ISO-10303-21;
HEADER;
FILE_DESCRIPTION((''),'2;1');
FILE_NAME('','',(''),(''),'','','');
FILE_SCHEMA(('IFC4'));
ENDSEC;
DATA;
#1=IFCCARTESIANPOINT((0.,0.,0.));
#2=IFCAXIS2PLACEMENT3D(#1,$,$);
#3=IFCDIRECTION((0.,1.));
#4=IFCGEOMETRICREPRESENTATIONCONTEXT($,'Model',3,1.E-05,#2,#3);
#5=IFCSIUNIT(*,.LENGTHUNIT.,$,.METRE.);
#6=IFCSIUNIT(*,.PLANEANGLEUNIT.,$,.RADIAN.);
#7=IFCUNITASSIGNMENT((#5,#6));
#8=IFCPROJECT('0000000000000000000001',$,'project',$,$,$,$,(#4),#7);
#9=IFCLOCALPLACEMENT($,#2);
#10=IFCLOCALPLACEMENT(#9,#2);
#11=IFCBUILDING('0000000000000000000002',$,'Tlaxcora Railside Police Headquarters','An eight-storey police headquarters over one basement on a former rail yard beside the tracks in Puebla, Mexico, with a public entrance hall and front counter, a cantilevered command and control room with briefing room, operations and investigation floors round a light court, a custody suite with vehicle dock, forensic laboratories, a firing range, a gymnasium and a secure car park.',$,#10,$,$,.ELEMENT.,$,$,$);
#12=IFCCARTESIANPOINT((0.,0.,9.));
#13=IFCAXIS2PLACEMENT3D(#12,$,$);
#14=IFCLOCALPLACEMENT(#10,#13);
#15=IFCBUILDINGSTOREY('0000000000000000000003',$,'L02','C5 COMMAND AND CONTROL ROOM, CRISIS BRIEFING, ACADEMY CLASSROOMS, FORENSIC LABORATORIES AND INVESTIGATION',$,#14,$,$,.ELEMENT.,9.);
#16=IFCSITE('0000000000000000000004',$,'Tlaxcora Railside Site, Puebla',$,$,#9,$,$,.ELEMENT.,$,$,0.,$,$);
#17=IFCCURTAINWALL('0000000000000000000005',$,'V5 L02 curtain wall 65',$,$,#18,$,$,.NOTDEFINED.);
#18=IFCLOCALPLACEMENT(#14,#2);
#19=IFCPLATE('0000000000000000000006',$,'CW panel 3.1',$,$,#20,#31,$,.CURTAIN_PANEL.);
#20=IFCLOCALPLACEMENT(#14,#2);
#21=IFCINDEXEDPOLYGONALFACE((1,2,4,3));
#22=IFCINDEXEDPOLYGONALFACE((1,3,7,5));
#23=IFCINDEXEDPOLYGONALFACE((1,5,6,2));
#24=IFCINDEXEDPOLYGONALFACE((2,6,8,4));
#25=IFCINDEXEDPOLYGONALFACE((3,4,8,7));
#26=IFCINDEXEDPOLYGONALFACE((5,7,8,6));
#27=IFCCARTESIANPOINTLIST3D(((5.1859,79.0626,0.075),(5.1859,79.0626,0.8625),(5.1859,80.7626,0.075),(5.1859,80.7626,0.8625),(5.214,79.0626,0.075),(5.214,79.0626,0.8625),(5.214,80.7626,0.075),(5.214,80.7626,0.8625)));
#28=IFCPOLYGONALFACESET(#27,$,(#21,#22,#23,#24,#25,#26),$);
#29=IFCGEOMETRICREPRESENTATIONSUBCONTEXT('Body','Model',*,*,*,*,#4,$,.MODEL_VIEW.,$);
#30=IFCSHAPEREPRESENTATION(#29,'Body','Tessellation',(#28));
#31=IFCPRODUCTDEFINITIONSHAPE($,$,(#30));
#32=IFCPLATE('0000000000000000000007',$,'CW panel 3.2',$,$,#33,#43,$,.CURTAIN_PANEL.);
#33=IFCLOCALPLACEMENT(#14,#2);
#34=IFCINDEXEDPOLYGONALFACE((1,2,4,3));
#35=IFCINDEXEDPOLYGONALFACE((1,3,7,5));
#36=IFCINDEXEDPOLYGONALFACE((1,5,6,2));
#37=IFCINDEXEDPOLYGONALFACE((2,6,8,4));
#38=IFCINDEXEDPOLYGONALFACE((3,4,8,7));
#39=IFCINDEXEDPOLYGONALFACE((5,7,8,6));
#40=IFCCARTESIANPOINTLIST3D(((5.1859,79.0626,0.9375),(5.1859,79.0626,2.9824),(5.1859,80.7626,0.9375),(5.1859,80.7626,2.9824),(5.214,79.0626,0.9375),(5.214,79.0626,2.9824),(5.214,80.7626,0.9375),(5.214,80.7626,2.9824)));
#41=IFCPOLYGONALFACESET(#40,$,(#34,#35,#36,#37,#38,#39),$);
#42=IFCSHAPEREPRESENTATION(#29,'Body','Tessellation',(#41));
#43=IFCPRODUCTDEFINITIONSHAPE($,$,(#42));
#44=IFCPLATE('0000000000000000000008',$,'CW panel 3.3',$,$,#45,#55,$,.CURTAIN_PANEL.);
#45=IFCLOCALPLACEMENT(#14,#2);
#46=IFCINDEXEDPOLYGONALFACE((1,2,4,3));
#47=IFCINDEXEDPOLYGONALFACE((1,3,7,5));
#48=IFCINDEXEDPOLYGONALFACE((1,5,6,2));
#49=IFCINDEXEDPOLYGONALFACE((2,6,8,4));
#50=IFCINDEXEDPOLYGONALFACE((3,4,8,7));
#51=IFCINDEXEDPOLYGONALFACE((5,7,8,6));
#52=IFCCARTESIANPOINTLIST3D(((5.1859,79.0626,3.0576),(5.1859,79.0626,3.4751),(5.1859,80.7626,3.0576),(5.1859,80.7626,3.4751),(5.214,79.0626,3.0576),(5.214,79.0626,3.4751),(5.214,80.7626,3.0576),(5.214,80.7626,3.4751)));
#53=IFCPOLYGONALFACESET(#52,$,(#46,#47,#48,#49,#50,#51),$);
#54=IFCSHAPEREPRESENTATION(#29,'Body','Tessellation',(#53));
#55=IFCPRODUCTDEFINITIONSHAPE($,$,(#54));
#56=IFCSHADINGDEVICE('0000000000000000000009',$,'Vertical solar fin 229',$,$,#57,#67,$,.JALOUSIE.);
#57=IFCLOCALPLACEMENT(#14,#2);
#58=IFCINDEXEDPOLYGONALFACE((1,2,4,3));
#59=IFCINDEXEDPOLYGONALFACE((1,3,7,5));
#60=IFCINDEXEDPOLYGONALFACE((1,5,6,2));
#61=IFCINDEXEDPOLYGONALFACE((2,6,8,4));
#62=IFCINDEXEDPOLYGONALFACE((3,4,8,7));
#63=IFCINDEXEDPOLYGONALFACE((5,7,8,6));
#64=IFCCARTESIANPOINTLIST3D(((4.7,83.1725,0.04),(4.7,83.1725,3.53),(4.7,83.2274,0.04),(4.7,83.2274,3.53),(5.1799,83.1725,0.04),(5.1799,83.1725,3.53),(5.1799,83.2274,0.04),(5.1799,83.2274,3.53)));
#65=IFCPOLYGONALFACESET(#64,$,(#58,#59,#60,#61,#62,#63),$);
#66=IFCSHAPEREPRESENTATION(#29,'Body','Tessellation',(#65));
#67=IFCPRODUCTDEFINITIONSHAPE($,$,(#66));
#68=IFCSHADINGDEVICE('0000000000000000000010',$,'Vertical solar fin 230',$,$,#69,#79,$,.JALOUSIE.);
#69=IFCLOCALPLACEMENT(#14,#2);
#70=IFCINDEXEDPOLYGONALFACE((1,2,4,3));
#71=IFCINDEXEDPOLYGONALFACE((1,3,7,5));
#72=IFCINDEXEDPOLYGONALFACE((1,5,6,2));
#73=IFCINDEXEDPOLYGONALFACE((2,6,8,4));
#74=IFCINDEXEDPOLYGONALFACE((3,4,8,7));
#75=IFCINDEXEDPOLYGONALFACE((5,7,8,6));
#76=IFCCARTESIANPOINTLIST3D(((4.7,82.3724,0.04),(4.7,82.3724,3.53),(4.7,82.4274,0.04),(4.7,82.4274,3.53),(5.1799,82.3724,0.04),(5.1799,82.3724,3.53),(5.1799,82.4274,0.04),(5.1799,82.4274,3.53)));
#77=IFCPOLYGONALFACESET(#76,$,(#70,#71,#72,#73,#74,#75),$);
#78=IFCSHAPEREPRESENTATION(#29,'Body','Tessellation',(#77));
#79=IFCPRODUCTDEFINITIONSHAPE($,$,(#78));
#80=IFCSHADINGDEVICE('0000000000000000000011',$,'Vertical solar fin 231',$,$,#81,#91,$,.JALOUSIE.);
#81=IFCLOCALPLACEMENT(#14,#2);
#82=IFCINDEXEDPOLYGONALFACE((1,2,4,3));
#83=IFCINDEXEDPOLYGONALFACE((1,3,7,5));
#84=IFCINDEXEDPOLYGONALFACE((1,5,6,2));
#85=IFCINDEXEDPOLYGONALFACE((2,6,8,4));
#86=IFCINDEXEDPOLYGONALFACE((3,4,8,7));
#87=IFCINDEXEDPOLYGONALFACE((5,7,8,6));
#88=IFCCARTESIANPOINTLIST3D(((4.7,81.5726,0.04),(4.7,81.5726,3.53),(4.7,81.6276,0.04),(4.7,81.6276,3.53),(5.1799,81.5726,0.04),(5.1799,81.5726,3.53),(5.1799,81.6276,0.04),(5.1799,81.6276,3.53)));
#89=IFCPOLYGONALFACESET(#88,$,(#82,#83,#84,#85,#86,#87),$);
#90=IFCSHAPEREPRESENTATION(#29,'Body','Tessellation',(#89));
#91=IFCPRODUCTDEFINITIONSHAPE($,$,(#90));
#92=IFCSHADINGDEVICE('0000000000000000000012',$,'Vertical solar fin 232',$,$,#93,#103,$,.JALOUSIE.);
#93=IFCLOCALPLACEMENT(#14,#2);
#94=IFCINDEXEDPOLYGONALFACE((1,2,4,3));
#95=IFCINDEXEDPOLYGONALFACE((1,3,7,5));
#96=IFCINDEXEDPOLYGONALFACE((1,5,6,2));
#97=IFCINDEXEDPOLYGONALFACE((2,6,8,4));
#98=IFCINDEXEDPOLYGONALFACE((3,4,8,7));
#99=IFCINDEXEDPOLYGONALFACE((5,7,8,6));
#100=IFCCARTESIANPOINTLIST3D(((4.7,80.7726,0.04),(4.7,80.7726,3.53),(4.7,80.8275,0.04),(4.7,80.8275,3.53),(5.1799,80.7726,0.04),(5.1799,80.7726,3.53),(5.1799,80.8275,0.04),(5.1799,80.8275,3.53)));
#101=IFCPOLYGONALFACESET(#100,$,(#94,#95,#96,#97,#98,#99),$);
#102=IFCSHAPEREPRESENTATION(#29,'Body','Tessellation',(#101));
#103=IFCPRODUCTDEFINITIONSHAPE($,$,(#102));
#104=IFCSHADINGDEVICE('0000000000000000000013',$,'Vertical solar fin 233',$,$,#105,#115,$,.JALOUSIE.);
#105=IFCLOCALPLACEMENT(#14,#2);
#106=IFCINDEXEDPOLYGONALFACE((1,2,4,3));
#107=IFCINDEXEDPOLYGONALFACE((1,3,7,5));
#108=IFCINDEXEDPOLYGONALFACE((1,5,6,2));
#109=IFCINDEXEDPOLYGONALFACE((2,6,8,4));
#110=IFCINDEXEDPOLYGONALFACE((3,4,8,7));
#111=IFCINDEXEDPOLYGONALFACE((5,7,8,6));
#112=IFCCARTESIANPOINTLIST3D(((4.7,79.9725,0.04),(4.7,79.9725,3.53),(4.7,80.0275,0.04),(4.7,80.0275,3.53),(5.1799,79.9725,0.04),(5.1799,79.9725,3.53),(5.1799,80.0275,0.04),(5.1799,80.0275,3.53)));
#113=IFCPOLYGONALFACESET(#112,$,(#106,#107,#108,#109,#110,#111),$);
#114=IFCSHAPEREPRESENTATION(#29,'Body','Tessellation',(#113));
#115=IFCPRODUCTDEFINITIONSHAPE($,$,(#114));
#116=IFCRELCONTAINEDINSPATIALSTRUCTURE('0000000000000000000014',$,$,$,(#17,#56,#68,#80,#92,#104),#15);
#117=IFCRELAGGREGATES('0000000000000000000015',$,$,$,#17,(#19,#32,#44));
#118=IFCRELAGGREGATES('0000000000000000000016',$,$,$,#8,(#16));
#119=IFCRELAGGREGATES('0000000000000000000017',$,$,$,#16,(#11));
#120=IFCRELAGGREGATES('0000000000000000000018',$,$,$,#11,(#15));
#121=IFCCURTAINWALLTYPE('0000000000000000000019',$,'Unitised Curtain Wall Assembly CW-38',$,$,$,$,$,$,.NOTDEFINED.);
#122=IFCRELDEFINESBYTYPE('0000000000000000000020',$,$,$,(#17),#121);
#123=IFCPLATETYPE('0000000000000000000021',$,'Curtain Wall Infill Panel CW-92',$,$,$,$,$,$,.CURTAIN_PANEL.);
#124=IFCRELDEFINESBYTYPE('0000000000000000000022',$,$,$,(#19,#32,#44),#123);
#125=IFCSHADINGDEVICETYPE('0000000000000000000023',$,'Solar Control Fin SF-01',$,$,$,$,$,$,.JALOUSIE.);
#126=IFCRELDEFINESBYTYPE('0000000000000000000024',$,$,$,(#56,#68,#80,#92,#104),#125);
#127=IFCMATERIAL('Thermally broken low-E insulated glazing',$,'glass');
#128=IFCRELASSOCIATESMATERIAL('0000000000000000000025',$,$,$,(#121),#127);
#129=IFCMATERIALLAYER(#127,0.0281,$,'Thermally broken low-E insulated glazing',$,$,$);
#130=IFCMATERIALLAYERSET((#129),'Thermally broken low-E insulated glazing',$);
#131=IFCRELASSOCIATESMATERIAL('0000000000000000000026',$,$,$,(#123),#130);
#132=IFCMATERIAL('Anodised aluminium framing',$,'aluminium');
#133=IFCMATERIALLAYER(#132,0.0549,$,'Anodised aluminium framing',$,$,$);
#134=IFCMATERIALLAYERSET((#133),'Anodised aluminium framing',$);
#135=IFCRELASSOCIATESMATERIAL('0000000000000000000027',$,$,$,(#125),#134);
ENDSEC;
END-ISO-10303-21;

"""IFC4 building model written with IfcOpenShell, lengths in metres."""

from ifc_helpers import new_model, si_unit, direction, frame, origin, origin_2d, place, context, subcontext, project, spatial, rectangle, extrude, material, layer, layer_set, type_object, element, aggregate, save


model = new_model("IFC4")

# Units and contexts
model_context = context("Model", 3, precision=1e-05, world=origin(), true_north=direction((0.0, 1.0)))
body_context = subcontext(model_context, "Body", "Model", "MODEL_VIEW")
ifc_project = project(units=[si_unit("LENGTHUNIT", "METRE"), si_unit("PLANEANGLEUNIT", "RADIAN")], contexts=[model_context])

# Site, building, storey
site_placement = place(None, origin())
site = spatial("IfcSite", under=ifc_project, at=site_placement, Name="Tlaxcora Railside Site, Puebla", CompositionType="ELEMENT", RefElevation=0.0)
building_placement = place(site_placement, origin())
building = spatial("IfcBuilding", under=site, at=building_placement, Name="Tlaxcora Railside Police Headquarters", Description="An eight-storey police headquarters over one basement on a former rail yard beside the tracks in Puebla, Mexico, with a public entrance hall and front counter, a cantilevered command and control room with briefing room, operations and investigation floors round a light court, a custody suite with vehicle dock, forensic laboratories, a firing range, a gymnasium and a secure car park.", CompositionType="ELEMENT")
storey_placement = place(building_placement, frame((0.0, 0.0, 9.0)))
storey = spatial("IfcBuildingStorey", under=building, at=storey_placement, Name="L02", Description="C5 COMMAND AND CONTROL ROOM, CRISIS BRIEFING, ACADEMY CLASSROOMS, FORENSIC LABORATORIES AND INVESTIGATION", CompositionType="ELEMENT", Elevation=9.0)

# Curtain wall, plates
ifc_material_1 = material(Name="Thermally broken low-E insulated glazing", Category="glass")
curtain_wall_type = type_object("IfcCurtainWallType", Name="Unitised Curtain Wall Assembly CW-38", PredefinedType="NOTDEFINED", material=ifc_material_1)
curtain_wall_placement = place(storey_placement, origin())
curtain_wall = element("IfcCurtainWall", 1, at=curtain_wall_placement, inside=storey, type_object=curtain_wall_type, Name="V5 L02 curtain wall 65", PredefinedType="NOTDEFINED")
ifc_material_2 = material(Name="Anodised aluminium framing", Category="aluminium")
ifc_layer_1 = layer(ifc_material_1, 0.0281, Name="Thermally broken low-E insulated glazing")
ifc_layer_set_1 = layer_set([ifc_layer_1], Name="Thermally broken low-E insulated glazing")
plate_type = type_object("IfcPlateType", Name="Curtain Wall Infill Panel CW-92", PredefinedType="CURTAIN_PANEL", material=ifc_layer_set_1)
plate_1_placement = place(storey_placement, frame((5.2, 79.9126, 0.075), z_axis=(0.0, 0.0, 1.0), x_axis=(0.0, -1.0, 0.0)))
plate_1 = element("IfcPlate", 2, at=plate_1_placement, type_object=plate_type, Name="CW panel 3.1", PredefinedType="CURTAIN_PANEL", context=body_context, shape_type="SweptSolid", body=[
    extrude(rectangle(XDim=1.7, YDim=0.0281, at=origin_2d()), origin(), (0.0, 0.0, 1.0), 0.7876),
])
plate_2_placement = place(storey_placement, frame((5.2, 79.9126, 0.9375), z_axis=(0.0, 0.0, 1.0), x_axis=(0.0, -1.0, 0.0)))
plate_2 = element("IfcPlate", 3, at=plate_2_placement, type_object=plate_type, Name="CW panel 3.2", PredefinedType="CURTAIN_PANEL", context=body_context, shape_type="SweptSolid", body=[
    extrude(rectangle(XDim=1.7, YDim=0.0281, at=origin_2d()), origin(), (0.0, 0.0, 1.0), 2.0449),
])
plate_3_placement = place(storey_placement, frame((5.2, 79.9126, 3.0576), z_axis=(0.0, 0.0, 1.0), x_axis=(0.0, -1.0, 0.0)))
plate_3 = element("IfcPlate", 4, at=plate_3_placement, type_object=plate_type, Name="CW panel 3.3", PredefinedType="CURTAIN_PANEL", context=body_context, shape_type="SweptSolid", body=[
    extrude(rectangle(XDim=1.7, YDim=0.0281, at=origin_2d()), origin(), (0.0, 0.0, 1.0), 0.4175),
])
aggregate(curtain_wall, [plate_1, plate_2, plate_3])

# Shading devices
ifc_layer_2 = layer(ifc_material_2, 0.0549, Name="Anodised aluminium framing")
ifc_layer_set_2 = layer_set([ifc_layer_2], Name="Anodised aluminium framing")
shading_device_type = type_object("IfcShadingDeviceType", Name="Solar Control Fin SF-01", PredefinedType="JALOUSIE", material=ifc_layer_set_2)
for number, where, z_axis, x_axis, name in (
    (5, (4.9399, 83.2, 0.04), (0.0, 0.0, 1.0), (-1.0, 0.0, 0.0), "Vertical solar fin 229"),
    (6, (4.9399, 82.3999, 0.04), (0.0, 0.0, 1.0), (-1.0, 0.0, 0.0), "Vertical solar fin 230"),
    (7, (4.9399, 81.6001, 0.04), (0.0, 0.0, 1.0), (-1.0, 0.0, 0.0), "Vertical solar fin 231"),
    (8, (4.9399, 80.8, 0.04), (0.0, 0.0, 1.0), (-1.0, 0.0, 0.0), "Vertical solar fin 232"),
    (9, (4.9399, 80.0, 0.04), (0.0, 0.0, 1.0), (-1.0, 0.0, 0.0), "Vertical solar fin 233"),
):
    element("IfcShadingDevice", number, at=place(storey_placement, frame(where, z_axis=z_axis, x_axis=x_axis)), inside=storey, type_object=shading_device_type, Name=name, PredefinedType="JALOUSIE", context=body_context, shape_type="SweptSolid", body=[
        extrude(rectangle(XDim=0.48, YDim=0.0549, at=origin_2d()), origin(), (0.0, 0.0, 1.0), 3.49),
    ])

save(model, "model.ifc")
